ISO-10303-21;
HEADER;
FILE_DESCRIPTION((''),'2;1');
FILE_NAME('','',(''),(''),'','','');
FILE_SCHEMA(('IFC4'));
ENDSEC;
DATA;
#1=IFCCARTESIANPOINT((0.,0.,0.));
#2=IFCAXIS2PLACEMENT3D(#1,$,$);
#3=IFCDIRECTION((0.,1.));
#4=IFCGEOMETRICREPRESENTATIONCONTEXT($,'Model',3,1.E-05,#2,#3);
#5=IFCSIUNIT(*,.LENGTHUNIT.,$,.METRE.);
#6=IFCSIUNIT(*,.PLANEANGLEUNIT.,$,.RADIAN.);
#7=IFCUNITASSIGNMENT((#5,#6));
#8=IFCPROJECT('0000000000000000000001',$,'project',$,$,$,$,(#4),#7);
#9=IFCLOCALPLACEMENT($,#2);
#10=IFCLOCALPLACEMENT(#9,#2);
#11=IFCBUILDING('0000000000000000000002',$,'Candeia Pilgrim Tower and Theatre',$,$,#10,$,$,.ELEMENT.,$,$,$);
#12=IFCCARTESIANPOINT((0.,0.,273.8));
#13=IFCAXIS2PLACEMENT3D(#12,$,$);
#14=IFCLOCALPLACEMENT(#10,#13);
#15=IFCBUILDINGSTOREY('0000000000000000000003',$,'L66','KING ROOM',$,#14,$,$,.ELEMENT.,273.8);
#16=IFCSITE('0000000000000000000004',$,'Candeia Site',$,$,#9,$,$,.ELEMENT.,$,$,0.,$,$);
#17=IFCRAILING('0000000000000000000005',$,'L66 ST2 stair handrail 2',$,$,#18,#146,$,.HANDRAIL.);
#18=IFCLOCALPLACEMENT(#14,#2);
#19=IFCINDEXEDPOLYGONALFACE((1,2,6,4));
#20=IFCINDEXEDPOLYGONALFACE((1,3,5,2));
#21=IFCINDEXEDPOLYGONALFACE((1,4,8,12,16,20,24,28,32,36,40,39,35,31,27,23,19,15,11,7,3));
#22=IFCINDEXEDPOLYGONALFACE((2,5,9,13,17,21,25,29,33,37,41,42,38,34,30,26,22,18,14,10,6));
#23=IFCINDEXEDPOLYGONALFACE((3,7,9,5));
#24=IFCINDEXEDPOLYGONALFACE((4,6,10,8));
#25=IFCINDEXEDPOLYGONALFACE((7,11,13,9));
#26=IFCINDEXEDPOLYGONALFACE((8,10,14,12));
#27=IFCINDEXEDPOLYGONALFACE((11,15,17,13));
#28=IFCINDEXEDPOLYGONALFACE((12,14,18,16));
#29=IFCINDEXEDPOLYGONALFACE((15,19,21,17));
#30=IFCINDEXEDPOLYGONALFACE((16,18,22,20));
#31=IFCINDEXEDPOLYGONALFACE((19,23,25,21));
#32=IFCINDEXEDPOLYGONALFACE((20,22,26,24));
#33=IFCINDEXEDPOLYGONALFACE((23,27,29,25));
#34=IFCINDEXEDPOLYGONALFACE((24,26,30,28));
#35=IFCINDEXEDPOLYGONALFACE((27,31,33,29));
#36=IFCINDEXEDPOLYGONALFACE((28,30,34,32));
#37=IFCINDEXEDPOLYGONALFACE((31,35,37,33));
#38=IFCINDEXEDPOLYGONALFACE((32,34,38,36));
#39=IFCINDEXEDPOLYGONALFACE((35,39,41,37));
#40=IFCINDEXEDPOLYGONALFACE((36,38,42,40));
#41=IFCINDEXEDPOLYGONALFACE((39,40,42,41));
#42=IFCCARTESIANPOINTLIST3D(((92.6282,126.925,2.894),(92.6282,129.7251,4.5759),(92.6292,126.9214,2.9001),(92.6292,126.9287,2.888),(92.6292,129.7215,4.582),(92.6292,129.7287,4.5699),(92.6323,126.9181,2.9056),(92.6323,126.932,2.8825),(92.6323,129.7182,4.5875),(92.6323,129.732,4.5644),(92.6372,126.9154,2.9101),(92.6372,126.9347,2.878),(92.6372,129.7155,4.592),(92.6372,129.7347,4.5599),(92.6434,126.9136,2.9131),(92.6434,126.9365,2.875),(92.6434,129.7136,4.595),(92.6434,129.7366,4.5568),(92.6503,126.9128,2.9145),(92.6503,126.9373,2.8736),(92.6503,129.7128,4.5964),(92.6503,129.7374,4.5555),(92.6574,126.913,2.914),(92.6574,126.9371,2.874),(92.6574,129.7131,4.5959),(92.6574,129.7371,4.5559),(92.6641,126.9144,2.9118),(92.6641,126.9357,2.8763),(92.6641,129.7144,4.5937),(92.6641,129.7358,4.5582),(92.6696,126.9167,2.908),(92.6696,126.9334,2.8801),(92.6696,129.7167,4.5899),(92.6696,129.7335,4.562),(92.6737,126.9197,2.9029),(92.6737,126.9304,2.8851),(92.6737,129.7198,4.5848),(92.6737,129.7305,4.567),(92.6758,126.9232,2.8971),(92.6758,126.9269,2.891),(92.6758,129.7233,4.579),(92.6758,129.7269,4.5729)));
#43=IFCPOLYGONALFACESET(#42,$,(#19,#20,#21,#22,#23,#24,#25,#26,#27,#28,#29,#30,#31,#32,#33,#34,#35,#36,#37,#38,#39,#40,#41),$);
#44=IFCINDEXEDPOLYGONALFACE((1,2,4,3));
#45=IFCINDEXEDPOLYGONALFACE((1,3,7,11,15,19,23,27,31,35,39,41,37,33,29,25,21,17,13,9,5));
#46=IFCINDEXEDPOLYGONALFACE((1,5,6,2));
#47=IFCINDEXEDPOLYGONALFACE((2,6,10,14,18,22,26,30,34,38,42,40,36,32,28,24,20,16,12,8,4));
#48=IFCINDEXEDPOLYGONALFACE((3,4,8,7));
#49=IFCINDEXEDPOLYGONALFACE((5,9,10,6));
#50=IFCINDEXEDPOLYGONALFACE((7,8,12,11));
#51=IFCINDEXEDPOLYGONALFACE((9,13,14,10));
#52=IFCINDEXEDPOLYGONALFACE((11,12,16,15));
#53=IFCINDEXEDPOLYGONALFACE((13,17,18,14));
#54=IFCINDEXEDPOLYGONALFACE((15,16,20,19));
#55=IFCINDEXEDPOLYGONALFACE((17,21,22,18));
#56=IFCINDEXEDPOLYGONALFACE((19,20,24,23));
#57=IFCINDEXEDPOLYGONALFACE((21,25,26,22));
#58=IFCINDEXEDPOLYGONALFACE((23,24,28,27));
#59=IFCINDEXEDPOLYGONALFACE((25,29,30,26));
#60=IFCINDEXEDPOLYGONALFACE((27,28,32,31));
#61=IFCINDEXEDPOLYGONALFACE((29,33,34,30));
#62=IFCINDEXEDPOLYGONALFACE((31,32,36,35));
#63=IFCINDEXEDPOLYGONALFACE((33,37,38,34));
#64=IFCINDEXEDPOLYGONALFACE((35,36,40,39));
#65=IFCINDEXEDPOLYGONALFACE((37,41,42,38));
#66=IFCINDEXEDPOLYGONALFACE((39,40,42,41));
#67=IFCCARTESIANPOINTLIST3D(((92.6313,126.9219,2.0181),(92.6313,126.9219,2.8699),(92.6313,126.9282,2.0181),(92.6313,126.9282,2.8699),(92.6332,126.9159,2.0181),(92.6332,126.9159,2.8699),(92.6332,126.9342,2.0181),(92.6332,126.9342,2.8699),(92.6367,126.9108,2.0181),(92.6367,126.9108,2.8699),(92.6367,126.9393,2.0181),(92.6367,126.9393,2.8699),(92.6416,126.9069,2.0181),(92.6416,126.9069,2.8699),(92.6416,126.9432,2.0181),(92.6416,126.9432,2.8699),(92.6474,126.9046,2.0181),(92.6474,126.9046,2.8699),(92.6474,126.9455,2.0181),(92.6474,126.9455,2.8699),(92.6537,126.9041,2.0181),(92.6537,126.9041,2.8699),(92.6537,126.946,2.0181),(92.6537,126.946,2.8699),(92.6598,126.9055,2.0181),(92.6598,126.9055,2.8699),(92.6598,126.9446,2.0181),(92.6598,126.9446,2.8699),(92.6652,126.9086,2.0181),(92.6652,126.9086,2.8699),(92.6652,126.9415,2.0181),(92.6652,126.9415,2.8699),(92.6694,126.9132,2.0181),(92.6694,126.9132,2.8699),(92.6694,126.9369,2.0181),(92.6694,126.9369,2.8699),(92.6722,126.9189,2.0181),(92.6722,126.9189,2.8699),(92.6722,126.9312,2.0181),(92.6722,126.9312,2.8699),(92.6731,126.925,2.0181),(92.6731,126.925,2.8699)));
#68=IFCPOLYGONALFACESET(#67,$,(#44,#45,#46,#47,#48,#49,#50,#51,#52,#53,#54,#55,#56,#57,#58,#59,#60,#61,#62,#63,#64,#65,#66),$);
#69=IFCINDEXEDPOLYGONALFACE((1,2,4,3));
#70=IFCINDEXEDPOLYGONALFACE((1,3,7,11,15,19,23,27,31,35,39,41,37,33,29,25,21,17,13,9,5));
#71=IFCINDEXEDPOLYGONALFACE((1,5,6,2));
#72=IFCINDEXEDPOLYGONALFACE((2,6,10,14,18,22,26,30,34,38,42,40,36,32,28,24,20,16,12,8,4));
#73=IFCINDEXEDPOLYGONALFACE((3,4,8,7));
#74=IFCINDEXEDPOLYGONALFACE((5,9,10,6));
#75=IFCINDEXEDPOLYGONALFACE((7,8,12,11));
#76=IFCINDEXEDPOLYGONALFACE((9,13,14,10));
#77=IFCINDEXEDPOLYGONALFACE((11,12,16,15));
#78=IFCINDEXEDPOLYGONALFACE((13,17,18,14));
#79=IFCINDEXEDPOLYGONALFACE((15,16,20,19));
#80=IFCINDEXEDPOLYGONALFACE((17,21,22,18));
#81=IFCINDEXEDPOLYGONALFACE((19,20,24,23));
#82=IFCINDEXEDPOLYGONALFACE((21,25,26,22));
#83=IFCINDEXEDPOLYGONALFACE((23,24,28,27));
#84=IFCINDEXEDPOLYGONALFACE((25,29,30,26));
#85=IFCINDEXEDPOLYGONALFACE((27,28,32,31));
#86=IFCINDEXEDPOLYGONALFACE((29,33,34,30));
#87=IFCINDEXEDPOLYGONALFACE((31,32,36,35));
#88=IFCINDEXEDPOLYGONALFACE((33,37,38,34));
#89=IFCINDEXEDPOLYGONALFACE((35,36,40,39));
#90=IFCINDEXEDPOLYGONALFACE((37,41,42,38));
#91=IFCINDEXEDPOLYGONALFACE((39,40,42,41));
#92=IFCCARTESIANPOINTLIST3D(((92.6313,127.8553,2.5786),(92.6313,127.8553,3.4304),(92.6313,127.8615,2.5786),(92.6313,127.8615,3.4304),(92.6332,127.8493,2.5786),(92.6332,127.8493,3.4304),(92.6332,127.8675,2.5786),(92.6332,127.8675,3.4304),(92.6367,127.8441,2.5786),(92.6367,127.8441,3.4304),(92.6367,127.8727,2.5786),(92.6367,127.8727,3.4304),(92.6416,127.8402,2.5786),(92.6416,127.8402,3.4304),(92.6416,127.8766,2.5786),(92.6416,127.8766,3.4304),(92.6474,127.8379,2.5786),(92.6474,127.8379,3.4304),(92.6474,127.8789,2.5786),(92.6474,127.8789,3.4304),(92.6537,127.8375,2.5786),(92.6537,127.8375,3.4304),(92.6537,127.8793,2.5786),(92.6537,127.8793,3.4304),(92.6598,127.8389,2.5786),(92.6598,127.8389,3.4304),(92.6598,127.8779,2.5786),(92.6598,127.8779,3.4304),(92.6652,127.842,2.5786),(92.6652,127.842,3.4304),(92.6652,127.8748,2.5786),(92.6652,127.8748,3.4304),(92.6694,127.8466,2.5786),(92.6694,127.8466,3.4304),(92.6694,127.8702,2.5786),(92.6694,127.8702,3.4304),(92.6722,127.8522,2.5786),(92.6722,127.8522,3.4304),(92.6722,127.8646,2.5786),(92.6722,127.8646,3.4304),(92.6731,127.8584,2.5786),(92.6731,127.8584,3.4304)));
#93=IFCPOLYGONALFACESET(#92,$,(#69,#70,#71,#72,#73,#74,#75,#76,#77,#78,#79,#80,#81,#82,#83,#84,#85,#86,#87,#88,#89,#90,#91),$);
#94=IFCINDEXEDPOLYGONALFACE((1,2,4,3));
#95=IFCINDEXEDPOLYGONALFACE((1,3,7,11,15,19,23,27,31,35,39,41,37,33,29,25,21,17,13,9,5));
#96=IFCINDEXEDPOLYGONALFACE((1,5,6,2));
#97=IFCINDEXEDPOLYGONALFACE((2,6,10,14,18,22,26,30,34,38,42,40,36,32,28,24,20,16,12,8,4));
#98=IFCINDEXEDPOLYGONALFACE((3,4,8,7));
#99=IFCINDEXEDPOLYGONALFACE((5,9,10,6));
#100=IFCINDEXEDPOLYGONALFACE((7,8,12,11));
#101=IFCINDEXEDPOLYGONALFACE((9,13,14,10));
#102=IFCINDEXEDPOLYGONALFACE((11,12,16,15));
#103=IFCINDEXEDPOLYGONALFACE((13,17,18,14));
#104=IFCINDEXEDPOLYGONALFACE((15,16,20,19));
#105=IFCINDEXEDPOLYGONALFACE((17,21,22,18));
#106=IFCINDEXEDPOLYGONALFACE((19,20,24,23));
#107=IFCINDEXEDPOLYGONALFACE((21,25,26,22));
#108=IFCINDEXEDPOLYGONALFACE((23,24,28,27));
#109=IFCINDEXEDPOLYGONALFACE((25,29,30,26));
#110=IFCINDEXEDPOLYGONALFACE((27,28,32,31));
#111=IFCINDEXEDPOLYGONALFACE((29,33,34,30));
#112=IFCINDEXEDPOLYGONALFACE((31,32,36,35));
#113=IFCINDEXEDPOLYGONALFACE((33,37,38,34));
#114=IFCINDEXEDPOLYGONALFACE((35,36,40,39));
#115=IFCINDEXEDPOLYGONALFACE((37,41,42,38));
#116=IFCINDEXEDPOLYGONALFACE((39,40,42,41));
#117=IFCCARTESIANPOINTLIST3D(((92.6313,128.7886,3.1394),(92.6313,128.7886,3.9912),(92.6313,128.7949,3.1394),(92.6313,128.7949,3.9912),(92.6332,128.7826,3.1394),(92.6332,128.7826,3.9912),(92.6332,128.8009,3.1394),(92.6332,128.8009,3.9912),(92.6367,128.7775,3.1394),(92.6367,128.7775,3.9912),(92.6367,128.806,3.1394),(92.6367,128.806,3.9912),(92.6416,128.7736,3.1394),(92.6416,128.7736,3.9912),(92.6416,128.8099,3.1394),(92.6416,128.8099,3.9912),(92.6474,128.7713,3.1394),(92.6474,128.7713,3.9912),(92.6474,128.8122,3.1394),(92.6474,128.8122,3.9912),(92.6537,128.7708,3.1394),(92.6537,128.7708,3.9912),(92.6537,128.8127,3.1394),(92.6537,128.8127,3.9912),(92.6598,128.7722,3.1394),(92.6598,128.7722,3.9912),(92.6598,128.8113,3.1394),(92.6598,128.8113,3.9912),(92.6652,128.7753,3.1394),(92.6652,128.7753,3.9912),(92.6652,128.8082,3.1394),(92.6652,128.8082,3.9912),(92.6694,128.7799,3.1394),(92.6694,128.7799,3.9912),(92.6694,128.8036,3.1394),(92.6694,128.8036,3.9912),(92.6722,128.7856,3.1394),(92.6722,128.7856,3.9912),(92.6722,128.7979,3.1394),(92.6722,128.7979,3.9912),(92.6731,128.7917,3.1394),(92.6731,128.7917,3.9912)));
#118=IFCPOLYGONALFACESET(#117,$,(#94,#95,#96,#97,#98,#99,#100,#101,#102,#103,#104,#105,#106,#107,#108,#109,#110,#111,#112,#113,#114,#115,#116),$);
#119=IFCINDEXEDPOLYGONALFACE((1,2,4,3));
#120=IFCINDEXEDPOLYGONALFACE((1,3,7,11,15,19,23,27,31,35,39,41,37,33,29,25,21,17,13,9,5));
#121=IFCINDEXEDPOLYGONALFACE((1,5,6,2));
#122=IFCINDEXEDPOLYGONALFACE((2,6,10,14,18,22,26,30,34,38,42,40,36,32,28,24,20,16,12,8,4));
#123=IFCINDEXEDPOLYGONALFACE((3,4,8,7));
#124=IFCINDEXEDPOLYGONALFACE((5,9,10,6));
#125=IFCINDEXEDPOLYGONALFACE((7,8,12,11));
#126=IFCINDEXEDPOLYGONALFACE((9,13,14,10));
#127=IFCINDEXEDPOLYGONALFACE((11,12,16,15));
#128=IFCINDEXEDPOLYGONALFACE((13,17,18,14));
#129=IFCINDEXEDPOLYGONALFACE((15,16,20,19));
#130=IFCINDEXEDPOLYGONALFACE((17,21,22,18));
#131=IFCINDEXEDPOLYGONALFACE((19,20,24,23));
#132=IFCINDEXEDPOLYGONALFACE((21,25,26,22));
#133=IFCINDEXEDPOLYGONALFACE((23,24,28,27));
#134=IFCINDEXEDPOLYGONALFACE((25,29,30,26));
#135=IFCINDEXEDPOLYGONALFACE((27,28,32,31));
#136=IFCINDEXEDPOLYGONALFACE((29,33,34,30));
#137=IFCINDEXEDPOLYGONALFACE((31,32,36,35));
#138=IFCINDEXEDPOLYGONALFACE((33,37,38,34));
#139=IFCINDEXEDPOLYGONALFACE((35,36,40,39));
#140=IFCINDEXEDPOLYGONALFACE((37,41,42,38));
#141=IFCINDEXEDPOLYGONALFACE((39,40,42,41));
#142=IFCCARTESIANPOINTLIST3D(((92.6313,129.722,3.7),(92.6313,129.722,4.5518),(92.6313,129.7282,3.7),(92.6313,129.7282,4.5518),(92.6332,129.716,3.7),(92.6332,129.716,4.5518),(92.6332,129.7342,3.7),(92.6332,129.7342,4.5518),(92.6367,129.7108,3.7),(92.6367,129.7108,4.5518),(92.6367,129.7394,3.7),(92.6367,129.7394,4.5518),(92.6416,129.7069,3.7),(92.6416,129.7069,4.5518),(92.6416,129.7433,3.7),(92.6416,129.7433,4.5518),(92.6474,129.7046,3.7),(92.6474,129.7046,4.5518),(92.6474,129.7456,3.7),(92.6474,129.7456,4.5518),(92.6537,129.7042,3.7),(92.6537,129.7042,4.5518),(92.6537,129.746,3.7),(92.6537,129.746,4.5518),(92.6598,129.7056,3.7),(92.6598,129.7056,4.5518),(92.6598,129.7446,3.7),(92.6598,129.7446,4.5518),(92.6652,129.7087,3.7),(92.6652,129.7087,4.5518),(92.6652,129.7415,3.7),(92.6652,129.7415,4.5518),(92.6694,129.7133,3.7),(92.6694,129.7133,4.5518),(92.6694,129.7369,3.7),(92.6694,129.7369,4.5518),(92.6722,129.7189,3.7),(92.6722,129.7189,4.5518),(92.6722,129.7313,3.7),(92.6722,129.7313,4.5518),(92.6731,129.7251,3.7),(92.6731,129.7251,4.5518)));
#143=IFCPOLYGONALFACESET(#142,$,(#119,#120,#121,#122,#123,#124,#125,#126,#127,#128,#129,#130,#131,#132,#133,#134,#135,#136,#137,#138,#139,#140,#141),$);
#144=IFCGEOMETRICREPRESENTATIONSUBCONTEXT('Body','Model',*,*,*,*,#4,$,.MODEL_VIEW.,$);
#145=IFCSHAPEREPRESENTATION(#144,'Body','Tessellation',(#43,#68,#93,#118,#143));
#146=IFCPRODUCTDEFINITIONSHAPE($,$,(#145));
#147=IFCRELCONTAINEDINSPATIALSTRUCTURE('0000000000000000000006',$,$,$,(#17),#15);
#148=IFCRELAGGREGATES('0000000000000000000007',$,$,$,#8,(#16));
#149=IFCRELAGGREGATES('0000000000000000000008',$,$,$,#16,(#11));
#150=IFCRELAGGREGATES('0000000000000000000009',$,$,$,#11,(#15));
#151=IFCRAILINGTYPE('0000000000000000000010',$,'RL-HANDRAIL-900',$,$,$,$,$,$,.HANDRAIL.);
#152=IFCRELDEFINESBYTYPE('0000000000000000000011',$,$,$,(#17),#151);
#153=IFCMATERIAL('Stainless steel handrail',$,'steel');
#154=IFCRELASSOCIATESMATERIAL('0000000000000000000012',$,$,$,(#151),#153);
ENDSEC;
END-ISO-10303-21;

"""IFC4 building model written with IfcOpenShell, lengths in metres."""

from ifc_helpers import new_model, si_unit, direction, frame, origin, origin_2d, place, context, subcontext, project, spatial, circle, extrude, material, type_object, element, save


model = new_model("IFC4")

# Units and contexts
model_context = context("Model", 3, precision=1e-05, world=origin(), true_north=direction((0.0, 1.0)))
body_context = subcontext(model_context, "Body", "Model", "MODEL_VIEW")
ifc_project = project(units=[si_unit("LENGTHUNIT", "METRE"), si_unit("PLANEANGLEUNIT", "RADIAN")], contexts=[model_context])

# Site, building, storey
site_placement = place(None, origin())
site = spatial("IfcSite", under=ifc_project, at=site_placement, Name="Candeia Site", CompositionType="ELEMENT", RefElevation=0.0)
building_placement = place(site_placement, origin())
building = spatial("IfcBuilding", under=site, at=building_placement, Name="Candeia Pilgrim Tower and Theatre", CompositionType="ELEMENT")
storey_placement = place(building_placement, frame((0.0, 0.0, 273.8)))
storey = spatial("IfcBuildingStorey", under=building, at=storey_placement, Name="L66", Description="KING ROOM", CompositionType="ELEMENT", Elevation=273.8)

# Railing
ifc_material_1 = material(Name="Stainless steel handrail", Category="steel")
railing_type_1 = type_object("IfcRailingType", Name="RL-HANDRAIL-900", PredefinedType="HANDRAIL", material=ifc_material_1)
railing_1_placement = place(storey_placement, frame((92.6521, 126.925, 2.0181)))
element("IfcRailing", 1, at=railing_1_placement, inside=storey, type_object=railing_type_1, Name="L66 ST2 stair handrail 2", PredefinedType="HANDRAIL", context=body_context, shape_type="SweptSolid", body=[
    extrude(circle(Radius=0.0239, at=origin_2d()), frame((0.0, 0.0, 0.876), z_axis=(0.0, 0.857242, 0.514913), x_axis=(-1.0, 0.0, 0.0)), (0.0, 0.0, 1.0), 3.2664),
    extrude(circle(Radius=0.021, at=origin_2d()), origin(), (0.0, 0.0, 1.0), 0.8518),
    extrude(circle(Radius=0.021, at=origin_2d()), frame((0.0, 0.9333, 0.5605)), (0.0, 0.0, 1.0), 0.8518),
    extrude(circle(Radius=0.021, at=origin_2d()), frame((0.0, 1.8667, 1.1213)), (0.0, 0.0, 1.0), 0.8518),
    extrude(circle(Radius=0.021, at=origin_2d()), frame((0.0, 2.8, 1.6819)), (0.0, 0.0, 1.0), 0.8518),
])

save(model, "model.ifc")
